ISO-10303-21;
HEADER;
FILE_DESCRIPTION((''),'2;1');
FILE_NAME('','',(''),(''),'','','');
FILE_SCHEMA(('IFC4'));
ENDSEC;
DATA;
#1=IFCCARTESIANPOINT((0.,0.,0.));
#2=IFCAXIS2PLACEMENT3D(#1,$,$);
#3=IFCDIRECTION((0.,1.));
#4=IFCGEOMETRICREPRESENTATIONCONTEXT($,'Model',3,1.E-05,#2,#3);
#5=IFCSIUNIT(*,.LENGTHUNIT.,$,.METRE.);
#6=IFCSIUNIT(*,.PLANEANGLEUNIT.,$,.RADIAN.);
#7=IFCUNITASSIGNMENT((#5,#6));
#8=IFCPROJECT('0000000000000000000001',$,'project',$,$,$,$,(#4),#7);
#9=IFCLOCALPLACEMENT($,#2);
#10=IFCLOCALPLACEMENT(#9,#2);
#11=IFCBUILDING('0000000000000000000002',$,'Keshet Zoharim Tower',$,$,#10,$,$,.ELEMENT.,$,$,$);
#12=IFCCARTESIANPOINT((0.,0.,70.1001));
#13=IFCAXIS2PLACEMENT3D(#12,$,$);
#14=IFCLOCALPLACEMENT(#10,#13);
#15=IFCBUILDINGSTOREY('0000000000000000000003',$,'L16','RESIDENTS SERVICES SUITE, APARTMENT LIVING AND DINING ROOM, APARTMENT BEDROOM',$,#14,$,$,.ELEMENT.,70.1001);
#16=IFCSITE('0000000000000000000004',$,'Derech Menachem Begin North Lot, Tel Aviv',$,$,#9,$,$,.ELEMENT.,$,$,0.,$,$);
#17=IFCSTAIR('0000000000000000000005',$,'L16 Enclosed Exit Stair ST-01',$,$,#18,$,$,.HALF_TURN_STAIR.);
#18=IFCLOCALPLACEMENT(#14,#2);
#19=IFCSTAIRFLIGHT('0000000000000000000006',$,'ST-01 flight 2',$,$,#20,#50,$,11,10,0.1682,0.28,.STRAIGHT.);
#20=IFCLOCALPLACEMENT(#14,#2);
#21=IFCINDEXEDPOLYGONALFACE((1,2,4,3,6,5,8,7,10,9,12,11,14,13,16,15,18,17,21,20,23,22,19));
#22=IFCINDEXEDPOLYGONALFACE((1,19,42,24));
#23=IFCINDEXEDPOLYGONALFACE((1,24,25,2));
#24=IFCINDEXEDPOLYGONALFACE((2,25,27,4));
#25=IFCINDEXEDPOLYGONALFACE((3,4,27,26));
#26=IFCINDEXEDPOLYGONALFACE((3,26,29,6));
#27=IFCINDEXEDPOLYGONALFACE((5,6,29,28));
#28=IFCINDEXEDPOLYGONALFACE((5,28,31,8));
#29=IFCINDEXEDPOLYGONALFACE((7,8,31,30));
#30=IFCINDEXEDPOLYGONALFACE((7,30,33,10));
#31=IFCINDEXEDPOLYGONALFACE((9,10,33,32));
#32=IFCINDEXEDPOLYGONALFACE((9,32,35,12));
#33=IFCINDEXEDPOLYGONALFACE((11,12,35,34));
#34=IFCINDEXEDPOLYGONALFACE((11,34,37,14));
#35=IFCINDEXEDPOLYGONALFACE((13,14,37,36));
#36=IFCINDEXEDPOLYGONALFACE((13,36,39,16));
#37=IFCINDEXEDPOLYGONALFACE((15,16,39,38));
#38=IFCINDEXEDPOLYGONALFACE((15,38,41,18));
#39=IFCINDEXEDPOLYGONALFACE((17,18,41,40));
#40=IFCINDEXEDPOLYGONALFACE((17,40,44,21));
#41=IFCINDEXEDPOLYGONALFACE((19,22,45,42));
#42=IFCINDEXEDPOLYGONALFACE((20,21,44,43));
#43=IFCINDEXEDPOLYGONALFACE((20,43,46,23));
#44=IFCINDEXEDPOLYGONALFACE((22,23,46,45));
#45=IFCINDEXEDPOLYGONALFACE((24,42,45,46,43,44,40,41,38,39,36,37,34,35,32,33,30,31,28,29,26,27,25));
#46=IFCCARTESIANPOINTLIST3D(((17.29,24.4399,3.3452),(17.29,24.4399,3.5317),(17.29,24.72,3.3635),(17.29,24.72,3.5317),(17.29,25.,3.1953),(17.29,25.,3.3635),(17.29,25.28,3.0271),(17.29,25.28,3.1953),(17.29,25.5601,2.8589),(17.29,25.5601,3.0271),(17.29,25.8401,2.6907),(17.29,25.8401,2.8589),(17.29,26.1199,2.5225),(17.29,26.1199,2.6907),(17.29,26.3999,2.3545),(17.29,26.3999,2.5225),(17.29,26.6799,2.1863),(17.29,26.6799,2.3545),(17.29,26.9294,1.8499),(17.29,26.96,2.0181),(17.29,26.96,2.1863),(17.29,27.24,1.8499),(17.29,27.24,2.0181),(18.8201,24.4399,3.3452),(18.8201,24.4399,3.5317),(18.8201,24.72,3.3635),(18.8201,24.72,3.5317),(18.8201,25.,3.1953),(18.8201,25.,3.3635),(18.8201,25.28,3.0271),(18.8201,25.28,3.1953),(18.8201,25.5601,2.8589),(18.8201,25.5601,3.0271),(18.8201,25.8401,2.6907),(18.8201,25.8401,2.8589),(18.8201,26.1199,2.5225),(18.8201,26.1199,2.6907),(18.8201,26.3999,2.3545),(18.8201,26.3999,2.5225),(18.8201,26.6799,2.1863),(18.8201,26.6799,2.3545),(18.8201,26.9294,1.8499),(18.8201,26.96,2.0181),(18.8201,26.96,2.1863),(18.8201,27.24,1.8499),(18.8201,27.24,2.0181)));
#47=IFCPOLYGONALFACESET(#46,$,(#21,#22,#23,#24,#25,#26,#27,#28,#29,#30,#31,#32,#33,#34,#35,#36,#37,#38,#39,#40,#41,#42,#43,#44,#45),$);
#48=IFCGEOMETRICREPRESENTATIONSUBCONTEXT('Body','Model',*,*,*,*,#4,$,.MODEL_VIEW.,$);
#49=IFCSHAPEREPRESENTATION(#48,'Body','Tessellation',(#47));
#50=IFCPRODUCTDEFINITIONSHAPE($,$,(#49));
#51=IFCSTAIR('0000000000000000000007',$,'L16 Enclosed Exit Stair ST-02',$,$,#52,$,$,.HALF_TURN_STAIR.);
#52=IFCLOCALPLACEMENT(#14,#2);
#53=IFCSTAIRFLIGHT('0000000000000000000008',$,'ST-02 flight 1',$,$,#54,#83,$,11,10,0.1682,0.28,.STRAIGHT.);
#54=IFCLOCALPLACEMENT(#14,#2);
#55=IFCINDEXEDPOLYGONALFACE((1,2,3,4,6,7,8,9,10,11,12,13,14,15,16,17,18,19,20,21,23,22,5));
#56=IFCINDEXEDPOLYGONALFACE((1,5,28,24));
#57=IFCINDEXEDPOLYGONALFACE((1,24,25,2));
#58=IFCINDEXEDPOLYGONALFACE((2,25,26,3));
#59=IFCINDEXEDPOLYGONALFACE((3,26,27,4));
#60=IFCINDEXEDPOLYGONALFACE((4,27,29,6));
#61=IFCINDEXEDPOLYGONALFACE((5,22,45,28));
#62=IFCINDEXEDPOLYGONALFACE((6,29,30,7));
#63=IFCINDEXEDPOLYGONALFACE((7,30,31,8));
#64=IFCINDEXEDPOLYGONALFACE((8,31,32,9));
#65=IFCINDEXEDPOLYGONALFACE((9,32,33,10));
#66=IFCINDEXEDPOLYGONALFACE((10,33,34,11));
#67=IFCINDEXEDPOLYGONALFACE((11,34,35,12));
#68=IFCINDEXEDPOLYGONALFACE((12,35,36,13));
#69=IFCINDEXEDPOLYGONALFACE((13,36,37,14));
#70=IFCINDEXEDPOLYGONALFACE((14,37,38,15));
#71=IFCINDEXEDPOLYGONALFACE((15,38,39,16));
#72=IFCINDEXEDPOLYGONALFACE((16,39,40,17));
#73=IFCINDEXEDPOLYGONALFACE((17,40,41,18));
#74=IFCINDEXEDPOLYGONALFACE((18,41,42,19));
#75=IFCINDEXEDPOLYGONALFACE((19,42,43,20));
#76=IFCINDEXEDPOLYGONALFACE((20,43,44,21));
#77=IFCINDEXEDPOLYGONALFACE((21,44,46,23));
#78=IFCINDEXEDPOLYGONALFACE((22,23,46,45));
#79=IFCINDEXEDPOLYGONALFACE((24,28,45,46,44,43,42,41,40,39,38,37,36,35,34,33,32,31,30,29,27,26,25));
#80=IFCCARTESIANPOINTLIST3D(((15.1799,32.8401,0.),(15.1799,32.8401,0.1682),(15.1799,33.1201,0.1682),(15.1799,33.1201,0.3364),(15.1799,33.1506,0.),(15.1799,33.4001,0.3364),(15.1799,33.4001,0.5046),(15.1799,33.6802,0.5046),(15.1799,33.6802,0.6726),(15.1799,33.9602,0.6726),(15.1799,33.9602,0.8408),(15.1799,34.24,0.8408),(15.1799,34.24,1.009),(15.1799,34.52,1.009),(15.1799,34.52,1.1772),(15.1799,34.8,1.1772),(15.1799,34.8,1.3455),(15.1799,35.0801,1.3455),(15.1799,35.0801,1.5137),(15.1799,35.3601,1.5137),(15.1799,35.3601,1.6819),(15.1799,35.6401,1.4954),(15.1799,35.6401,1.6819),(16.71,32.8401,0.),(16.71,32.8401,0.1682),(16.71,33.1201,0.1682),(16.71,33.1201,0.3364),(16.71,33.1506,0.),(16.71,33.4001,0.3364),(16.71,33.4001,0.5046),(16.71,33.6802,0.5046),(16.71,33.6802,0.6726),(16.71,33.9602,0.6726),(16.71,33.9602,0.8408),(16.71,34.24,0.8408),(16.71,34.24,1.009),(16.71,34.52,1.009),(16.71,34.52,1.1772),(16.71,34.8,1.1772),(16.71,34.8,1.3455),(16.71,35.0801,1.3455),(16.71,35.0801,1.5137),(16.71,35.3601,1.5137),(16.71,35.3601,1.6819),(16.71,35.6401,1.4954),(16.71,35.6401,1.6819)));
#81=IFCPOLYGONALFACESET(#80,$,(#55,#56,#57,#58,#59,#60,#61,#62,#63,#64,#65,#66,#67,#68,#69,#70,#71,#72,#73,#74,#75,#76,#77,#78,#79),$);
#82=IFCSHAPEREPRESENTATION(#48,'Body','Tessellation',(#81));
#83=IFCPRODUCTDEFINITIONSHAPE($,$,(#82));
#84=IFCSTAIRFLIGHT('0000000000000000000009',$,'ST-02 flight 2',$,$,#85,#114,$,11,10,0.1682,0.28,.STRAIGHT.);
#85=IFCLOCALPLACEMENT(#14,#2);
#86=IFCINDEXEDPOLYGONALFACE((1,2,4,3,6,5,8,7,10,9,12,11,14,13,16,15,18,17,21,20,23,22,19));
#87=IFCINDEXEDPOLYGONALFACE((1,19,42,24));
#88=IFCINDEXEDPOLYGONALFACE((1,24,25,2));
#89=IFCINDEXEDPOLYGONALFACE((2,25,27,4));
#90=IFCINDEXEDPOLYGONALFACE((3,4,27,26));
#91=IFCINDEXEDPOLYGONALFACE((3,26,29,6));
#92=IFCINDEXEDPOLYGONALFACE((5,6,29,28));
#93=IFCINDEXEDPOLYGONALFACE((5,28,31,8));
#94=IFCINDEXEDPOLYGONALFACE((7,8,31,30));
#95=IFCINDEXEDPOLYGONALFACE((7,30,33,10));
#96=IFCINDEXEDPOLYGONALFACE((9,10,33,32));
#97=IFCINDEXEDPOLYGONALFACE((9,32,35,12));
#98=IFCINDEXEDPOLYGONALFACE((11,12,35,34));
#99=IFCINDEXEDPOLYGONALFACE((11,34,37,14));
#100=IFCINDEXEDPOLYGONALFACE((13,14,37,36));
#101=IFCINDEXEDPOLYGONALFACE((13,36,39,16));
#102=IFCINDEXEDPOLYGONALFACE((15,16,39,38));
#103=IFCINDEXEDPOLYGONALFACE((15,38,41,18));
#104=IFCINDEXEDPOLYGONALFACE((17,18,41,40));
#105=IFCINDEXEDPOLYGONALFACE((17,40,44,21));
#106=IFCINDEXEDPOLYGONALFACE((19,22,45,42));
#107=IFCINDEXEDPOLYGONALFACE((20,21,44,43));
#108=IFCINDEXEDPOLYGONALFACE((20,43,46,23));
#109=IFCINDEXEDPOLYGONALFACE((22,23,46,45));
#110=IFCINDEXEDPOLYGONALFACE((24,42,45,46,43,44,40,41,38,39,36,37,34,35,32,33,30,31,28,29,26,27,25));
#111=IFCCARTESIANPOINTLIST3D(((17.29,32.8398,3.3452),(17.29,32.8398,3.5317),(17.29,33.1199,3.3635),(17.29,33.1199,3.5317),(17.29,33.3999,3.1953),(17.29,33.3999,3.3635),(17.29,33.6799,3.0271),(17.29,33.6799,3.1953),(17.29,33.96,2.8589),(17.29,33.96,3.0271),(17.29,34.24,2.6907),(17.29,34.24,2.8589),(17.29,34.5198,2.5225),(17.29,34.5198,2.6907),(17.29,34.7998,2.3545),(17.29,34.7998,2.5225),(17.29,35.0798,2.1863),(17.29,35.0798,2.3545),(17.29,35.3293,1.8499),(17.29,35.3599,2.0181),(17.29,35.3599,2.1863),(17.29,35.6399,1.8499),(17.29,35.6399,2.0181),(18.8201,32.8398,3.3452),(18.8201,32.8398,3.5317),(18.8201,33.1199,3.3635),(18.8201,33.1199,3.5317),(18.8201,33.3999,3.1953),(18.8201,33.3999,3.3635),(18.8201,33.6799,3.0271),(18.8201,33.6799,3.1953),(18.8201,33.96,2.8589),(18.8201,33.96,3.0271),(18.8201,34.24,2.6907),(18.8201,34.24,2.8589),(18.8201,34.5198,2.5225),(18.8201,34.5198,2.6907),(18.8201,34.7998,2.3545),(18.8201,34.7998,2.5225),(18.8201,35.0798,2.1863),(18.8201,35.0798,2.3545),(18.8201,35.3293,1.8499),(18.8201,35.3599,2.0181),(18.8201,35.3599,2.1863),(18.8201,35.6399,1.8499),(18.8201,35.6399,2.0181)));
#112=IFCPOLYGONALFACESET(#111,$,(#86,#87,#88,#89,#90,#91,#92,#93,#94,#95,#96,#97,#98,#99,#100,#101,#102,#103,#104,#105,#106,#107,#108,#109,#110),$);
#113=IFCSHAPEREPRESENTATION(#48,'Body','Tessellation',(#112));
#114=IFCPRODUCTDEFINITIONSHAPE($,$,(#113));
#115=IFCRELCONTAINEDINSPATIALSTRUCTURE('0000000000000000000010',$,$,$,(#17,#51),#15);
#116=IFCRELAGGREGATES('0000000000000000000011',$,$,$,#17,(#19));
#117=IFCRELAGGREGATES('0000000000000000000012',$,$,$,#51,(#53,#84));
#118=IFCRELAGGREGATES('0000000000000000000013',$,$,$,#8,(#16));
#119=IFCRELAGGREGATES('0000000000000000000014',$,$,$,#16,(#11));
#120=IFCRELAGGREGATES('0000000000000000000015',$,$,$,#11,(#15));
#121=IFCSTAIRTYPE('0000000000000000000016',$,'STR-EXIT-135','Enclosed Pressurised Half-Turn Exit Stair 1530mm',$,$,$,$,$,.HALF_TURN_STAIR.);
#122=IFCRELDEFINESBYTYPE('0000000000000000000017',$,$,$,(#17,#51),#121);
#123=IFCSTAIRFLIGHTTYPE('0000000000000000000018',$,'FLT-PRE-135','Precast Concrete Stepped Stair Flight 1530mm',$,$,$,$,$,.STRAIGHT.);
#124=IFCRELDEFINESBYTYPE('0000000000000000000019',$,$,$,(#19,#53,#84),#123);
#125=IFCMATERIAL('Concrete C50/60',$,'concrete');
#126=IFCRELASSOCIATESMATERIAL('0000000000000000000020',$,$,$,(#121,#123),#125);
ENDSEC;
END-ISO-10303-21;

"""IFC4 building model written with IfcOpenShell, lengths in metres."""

from ifc_helpers import new_model, si_unit, direction, frame, origin, place, context, subcontext, project, spatial, polyline, outline, extrude, material, type_object, element, aggregate, save


model = new_model("IFC4")

# Units and contexts
model_context = context("Model", 3, precision=1e-05, world=origin(), true_north=direction((0.0, 1.0)))
body_context = subcontext(model_context, "Body", "Model", "MODEL_VIEW")
ifc_project = project(units=[si_unit("LENGTHUNIT", "METRE"), si_unit("PLANEANGLEUNIT", "RADIAN")], contexts=[model_context])

# Site, building, storey
site_placement = place(None, origin())
site = spatial("IfcSite", under=ifc_project, at=site_placement, Name="Derech Menachem Begin North Lot, Tel Aviv", CompositionType="ELEMENT", RefElevation=0.0)
building_placement = place(site_placement, origin())
building = spatial("IfcBuilding", under=site, at=building_placement, Name="Keshet Zoharim Tower", CompositionType="ELEMENT")
storey_placement = place(building_placement, frame((0.0, 0.0, 70.1001)))
storey = spatial("IfcBuildingStorey", under=building, at=storey_placement, Name="L16", Description="RESIDENTS SERVICES SUITE, APARTMENT LIVING AND DINING ROOM, APARTMENT BEDROOM", CompositionType="ELEMENT", Elevation=70.1001)

# Stair, stair flight
ifc_material_1 = material(Name="Concrete C50/60", Category="concrete")
stair_type = type_object("IfcStairType", Name="STR-EXIT-135", Description="Enclosed Pressurised Half-Turn Exit Stair 1530mm", PredefinedType="HALF_TURN_STAIR", material=ifc_material_1)
stair_1_placement = place(storey_placement, origin())
stair_1 = element("IfcStair", 1, at=stair_1_placement, inside=storey, type_object=stair_type, Name="L16 Enclosed Exit Stair ST-01", PredefinedType="HALF_TURN_STAIR")
stair_flight_type = type_object("IfcStairFlightType", Name="FLT-PRE-135", Description="Precast Concrete Stepped Stair Flight 1530mm", PredefinedType="STRAIGHT", material=ifc_material_1)
stair_flight_1_placement = place(storey_placement, frame((18.0549, 27.24, 1.8499), z_axis=(0.0, 0.0, 1.0), x_axis=(0.0, -1.0, 0.0)))
stair_flight_1 = element("IfcStairFlight", 2, at=stair_flight_1_placement, type_object=stair_flight_type, Name="ST-01 flight 2", NumberOfRisers=11, NumberOfTreads=10, PredefinedType="STRAIGHT", RiserHeight=0.1682, TreadLength=0.28, context=body_context, shape_type="SweptSolid", body=[
    extrude(outline(polyline([(0.0, 0.0), (0.0, 0.1682), (0.28, 0.1682), (0.28, 0.3364), (0.5601, 0.3364), (0.5601, 0.5046), (0.8401, 0.5046), (0.8401, 0.6726), (1.1201, 0.6726), (1.1201, 0.8408), (1.3999, 0.8408), (1.3999, 1.009), (1.6799, 1.009), (1.6799, 1.1772), (1.96, 1.1772), (1.96, 1.3455), (2.24, 1.3455), (2.24, 1.5137), (2.52, 1.5137), (2.52, 1.6819), (2.8, 1.6819), (2.8, 1.8501), (2.8, 1.4954), (0.3105, 0.0), (0.0, 0.0)])), frame((0.0, 0.7651, 0.0), z_axis=(0.0, -1.0, 0.0), x_axis=(1.0, 0.0, 0.0)), (0.0, 0.0, 1.0), 1.53),
])
aggregate(stair_1, [stair_flight_1])

# Stair, stair flights
stair_2_placement = place(storey_placement, origin())
stair_2 = element("IfcStair", 3, at=stair_2_placement, inside=storey, type_object=stair_type, Name="L16 Enclosed Exit Stair ST-02", PredefinedType="HALF_TURN_STAIR")
stair_flight_2_placement = place(storey_placement, frame((15.9451, 32.8401, 0.0), z_axis=(0.0, 0.0, 1.0), x_axis=(0.0, 1.0, 0.0)))
stair_flight_2 = element("IfcStairFlight", 4, at=stair_flight_2_placement, type_object=stair_flight_type, Name="ST-02 flight 1", NumberOfRisers=11, NumberOfTreads=10, PredefinedType="STRAIGHT", RiserHeight=0.1682, TreadLength=0.28, context=body_context, shape_type="SweptSolid", body=[
    extrude(outline(polyline([(0.0, 0.0), (0.0, 0.1682), (0.28, 0.1682), (0.28, 0.3364), (0.5601, 0.3364), (0.5601, 0.5046), (0.8401, 0.5046), (0.8401, 0.6726), (1.1201, 0.6726), (1.1201, 0.8408), (1.3999, 0.8408), (1.3999, 1.009), (1.6799, 1.009), (1.6799, 1.1772), (1.96, 1.1772), (1.96, 1.3455), (2.24, 1.3455), (2.24, 1.5137), (2.52, 1.5137), (2.52, 1.6819), (2.8, 1.6819), (2.8, 1.8501), (2.8, 1.4954), (0.3105, 0.0), (0.0, 0.0)])), frame((0.0, 0.7651, 0.0), z_axis=(0.0, -1.0, 0.0), x_axis=(1.0, 0.0, 0.0)), (0.0, 0.0, 1.0), 1.53),
])
stair_flight_3_placement = place(storey_placement, frame((18.0549, 35.6399, 1.8499), z_axis=(0.0, 0.0, 1.0), x_axis=(0.0, -1.0, 0.0)))
stair_flight_3 = element("IfcStairFlight", 5, at=stair_flight_3_placement, type_object=stair_flight_type, Name="ST-02 flight 2", NumberOfRisers=11, NumberOfTreads=10, PredefinedType="STRAIGHT", RiserHeight=0.1682, TreadLength=0.28, context=body_context, shape_type="SweptSolid", body=[
    extrude(outline(polyline([(0.0, 0.0), (0.0, 0.1682), (0.28, 0.1682), (0.28, 0.3364), (0.5601, 0.3364), (0.5601, 0.5046), (0.8401, 0.5046), (0.8401, 0.6726), (1.1201, 0.6726), (1.1201, 0.8408), (1.3999, 0.8408), (1.3999, 1.009), (1.6799, 1.009), (1.6799, 1.1772), (1.96, 1.1772), (1.96, 1.3455), (2.24, 1.3455), (2.24, 1.5137), (2.52, 1.5137), (2.52, 1.6819), (2.8, 1.6819), (2.8, 1.8501), (2.8, 1.4954), (0.3105, 0.0), (0.0, 0.0)])), frame((0.0, 0.7651, 0.0), z_axis=(0.0, -1.0, 0.0), x_axis=(1.0, 0.0, 0.0)), (0.0, 0.0, 1.0), 1.53),
])
aggregate(stair_2, [stair_flight_2, stair_flight_3])

save(model, "model.ifc")
